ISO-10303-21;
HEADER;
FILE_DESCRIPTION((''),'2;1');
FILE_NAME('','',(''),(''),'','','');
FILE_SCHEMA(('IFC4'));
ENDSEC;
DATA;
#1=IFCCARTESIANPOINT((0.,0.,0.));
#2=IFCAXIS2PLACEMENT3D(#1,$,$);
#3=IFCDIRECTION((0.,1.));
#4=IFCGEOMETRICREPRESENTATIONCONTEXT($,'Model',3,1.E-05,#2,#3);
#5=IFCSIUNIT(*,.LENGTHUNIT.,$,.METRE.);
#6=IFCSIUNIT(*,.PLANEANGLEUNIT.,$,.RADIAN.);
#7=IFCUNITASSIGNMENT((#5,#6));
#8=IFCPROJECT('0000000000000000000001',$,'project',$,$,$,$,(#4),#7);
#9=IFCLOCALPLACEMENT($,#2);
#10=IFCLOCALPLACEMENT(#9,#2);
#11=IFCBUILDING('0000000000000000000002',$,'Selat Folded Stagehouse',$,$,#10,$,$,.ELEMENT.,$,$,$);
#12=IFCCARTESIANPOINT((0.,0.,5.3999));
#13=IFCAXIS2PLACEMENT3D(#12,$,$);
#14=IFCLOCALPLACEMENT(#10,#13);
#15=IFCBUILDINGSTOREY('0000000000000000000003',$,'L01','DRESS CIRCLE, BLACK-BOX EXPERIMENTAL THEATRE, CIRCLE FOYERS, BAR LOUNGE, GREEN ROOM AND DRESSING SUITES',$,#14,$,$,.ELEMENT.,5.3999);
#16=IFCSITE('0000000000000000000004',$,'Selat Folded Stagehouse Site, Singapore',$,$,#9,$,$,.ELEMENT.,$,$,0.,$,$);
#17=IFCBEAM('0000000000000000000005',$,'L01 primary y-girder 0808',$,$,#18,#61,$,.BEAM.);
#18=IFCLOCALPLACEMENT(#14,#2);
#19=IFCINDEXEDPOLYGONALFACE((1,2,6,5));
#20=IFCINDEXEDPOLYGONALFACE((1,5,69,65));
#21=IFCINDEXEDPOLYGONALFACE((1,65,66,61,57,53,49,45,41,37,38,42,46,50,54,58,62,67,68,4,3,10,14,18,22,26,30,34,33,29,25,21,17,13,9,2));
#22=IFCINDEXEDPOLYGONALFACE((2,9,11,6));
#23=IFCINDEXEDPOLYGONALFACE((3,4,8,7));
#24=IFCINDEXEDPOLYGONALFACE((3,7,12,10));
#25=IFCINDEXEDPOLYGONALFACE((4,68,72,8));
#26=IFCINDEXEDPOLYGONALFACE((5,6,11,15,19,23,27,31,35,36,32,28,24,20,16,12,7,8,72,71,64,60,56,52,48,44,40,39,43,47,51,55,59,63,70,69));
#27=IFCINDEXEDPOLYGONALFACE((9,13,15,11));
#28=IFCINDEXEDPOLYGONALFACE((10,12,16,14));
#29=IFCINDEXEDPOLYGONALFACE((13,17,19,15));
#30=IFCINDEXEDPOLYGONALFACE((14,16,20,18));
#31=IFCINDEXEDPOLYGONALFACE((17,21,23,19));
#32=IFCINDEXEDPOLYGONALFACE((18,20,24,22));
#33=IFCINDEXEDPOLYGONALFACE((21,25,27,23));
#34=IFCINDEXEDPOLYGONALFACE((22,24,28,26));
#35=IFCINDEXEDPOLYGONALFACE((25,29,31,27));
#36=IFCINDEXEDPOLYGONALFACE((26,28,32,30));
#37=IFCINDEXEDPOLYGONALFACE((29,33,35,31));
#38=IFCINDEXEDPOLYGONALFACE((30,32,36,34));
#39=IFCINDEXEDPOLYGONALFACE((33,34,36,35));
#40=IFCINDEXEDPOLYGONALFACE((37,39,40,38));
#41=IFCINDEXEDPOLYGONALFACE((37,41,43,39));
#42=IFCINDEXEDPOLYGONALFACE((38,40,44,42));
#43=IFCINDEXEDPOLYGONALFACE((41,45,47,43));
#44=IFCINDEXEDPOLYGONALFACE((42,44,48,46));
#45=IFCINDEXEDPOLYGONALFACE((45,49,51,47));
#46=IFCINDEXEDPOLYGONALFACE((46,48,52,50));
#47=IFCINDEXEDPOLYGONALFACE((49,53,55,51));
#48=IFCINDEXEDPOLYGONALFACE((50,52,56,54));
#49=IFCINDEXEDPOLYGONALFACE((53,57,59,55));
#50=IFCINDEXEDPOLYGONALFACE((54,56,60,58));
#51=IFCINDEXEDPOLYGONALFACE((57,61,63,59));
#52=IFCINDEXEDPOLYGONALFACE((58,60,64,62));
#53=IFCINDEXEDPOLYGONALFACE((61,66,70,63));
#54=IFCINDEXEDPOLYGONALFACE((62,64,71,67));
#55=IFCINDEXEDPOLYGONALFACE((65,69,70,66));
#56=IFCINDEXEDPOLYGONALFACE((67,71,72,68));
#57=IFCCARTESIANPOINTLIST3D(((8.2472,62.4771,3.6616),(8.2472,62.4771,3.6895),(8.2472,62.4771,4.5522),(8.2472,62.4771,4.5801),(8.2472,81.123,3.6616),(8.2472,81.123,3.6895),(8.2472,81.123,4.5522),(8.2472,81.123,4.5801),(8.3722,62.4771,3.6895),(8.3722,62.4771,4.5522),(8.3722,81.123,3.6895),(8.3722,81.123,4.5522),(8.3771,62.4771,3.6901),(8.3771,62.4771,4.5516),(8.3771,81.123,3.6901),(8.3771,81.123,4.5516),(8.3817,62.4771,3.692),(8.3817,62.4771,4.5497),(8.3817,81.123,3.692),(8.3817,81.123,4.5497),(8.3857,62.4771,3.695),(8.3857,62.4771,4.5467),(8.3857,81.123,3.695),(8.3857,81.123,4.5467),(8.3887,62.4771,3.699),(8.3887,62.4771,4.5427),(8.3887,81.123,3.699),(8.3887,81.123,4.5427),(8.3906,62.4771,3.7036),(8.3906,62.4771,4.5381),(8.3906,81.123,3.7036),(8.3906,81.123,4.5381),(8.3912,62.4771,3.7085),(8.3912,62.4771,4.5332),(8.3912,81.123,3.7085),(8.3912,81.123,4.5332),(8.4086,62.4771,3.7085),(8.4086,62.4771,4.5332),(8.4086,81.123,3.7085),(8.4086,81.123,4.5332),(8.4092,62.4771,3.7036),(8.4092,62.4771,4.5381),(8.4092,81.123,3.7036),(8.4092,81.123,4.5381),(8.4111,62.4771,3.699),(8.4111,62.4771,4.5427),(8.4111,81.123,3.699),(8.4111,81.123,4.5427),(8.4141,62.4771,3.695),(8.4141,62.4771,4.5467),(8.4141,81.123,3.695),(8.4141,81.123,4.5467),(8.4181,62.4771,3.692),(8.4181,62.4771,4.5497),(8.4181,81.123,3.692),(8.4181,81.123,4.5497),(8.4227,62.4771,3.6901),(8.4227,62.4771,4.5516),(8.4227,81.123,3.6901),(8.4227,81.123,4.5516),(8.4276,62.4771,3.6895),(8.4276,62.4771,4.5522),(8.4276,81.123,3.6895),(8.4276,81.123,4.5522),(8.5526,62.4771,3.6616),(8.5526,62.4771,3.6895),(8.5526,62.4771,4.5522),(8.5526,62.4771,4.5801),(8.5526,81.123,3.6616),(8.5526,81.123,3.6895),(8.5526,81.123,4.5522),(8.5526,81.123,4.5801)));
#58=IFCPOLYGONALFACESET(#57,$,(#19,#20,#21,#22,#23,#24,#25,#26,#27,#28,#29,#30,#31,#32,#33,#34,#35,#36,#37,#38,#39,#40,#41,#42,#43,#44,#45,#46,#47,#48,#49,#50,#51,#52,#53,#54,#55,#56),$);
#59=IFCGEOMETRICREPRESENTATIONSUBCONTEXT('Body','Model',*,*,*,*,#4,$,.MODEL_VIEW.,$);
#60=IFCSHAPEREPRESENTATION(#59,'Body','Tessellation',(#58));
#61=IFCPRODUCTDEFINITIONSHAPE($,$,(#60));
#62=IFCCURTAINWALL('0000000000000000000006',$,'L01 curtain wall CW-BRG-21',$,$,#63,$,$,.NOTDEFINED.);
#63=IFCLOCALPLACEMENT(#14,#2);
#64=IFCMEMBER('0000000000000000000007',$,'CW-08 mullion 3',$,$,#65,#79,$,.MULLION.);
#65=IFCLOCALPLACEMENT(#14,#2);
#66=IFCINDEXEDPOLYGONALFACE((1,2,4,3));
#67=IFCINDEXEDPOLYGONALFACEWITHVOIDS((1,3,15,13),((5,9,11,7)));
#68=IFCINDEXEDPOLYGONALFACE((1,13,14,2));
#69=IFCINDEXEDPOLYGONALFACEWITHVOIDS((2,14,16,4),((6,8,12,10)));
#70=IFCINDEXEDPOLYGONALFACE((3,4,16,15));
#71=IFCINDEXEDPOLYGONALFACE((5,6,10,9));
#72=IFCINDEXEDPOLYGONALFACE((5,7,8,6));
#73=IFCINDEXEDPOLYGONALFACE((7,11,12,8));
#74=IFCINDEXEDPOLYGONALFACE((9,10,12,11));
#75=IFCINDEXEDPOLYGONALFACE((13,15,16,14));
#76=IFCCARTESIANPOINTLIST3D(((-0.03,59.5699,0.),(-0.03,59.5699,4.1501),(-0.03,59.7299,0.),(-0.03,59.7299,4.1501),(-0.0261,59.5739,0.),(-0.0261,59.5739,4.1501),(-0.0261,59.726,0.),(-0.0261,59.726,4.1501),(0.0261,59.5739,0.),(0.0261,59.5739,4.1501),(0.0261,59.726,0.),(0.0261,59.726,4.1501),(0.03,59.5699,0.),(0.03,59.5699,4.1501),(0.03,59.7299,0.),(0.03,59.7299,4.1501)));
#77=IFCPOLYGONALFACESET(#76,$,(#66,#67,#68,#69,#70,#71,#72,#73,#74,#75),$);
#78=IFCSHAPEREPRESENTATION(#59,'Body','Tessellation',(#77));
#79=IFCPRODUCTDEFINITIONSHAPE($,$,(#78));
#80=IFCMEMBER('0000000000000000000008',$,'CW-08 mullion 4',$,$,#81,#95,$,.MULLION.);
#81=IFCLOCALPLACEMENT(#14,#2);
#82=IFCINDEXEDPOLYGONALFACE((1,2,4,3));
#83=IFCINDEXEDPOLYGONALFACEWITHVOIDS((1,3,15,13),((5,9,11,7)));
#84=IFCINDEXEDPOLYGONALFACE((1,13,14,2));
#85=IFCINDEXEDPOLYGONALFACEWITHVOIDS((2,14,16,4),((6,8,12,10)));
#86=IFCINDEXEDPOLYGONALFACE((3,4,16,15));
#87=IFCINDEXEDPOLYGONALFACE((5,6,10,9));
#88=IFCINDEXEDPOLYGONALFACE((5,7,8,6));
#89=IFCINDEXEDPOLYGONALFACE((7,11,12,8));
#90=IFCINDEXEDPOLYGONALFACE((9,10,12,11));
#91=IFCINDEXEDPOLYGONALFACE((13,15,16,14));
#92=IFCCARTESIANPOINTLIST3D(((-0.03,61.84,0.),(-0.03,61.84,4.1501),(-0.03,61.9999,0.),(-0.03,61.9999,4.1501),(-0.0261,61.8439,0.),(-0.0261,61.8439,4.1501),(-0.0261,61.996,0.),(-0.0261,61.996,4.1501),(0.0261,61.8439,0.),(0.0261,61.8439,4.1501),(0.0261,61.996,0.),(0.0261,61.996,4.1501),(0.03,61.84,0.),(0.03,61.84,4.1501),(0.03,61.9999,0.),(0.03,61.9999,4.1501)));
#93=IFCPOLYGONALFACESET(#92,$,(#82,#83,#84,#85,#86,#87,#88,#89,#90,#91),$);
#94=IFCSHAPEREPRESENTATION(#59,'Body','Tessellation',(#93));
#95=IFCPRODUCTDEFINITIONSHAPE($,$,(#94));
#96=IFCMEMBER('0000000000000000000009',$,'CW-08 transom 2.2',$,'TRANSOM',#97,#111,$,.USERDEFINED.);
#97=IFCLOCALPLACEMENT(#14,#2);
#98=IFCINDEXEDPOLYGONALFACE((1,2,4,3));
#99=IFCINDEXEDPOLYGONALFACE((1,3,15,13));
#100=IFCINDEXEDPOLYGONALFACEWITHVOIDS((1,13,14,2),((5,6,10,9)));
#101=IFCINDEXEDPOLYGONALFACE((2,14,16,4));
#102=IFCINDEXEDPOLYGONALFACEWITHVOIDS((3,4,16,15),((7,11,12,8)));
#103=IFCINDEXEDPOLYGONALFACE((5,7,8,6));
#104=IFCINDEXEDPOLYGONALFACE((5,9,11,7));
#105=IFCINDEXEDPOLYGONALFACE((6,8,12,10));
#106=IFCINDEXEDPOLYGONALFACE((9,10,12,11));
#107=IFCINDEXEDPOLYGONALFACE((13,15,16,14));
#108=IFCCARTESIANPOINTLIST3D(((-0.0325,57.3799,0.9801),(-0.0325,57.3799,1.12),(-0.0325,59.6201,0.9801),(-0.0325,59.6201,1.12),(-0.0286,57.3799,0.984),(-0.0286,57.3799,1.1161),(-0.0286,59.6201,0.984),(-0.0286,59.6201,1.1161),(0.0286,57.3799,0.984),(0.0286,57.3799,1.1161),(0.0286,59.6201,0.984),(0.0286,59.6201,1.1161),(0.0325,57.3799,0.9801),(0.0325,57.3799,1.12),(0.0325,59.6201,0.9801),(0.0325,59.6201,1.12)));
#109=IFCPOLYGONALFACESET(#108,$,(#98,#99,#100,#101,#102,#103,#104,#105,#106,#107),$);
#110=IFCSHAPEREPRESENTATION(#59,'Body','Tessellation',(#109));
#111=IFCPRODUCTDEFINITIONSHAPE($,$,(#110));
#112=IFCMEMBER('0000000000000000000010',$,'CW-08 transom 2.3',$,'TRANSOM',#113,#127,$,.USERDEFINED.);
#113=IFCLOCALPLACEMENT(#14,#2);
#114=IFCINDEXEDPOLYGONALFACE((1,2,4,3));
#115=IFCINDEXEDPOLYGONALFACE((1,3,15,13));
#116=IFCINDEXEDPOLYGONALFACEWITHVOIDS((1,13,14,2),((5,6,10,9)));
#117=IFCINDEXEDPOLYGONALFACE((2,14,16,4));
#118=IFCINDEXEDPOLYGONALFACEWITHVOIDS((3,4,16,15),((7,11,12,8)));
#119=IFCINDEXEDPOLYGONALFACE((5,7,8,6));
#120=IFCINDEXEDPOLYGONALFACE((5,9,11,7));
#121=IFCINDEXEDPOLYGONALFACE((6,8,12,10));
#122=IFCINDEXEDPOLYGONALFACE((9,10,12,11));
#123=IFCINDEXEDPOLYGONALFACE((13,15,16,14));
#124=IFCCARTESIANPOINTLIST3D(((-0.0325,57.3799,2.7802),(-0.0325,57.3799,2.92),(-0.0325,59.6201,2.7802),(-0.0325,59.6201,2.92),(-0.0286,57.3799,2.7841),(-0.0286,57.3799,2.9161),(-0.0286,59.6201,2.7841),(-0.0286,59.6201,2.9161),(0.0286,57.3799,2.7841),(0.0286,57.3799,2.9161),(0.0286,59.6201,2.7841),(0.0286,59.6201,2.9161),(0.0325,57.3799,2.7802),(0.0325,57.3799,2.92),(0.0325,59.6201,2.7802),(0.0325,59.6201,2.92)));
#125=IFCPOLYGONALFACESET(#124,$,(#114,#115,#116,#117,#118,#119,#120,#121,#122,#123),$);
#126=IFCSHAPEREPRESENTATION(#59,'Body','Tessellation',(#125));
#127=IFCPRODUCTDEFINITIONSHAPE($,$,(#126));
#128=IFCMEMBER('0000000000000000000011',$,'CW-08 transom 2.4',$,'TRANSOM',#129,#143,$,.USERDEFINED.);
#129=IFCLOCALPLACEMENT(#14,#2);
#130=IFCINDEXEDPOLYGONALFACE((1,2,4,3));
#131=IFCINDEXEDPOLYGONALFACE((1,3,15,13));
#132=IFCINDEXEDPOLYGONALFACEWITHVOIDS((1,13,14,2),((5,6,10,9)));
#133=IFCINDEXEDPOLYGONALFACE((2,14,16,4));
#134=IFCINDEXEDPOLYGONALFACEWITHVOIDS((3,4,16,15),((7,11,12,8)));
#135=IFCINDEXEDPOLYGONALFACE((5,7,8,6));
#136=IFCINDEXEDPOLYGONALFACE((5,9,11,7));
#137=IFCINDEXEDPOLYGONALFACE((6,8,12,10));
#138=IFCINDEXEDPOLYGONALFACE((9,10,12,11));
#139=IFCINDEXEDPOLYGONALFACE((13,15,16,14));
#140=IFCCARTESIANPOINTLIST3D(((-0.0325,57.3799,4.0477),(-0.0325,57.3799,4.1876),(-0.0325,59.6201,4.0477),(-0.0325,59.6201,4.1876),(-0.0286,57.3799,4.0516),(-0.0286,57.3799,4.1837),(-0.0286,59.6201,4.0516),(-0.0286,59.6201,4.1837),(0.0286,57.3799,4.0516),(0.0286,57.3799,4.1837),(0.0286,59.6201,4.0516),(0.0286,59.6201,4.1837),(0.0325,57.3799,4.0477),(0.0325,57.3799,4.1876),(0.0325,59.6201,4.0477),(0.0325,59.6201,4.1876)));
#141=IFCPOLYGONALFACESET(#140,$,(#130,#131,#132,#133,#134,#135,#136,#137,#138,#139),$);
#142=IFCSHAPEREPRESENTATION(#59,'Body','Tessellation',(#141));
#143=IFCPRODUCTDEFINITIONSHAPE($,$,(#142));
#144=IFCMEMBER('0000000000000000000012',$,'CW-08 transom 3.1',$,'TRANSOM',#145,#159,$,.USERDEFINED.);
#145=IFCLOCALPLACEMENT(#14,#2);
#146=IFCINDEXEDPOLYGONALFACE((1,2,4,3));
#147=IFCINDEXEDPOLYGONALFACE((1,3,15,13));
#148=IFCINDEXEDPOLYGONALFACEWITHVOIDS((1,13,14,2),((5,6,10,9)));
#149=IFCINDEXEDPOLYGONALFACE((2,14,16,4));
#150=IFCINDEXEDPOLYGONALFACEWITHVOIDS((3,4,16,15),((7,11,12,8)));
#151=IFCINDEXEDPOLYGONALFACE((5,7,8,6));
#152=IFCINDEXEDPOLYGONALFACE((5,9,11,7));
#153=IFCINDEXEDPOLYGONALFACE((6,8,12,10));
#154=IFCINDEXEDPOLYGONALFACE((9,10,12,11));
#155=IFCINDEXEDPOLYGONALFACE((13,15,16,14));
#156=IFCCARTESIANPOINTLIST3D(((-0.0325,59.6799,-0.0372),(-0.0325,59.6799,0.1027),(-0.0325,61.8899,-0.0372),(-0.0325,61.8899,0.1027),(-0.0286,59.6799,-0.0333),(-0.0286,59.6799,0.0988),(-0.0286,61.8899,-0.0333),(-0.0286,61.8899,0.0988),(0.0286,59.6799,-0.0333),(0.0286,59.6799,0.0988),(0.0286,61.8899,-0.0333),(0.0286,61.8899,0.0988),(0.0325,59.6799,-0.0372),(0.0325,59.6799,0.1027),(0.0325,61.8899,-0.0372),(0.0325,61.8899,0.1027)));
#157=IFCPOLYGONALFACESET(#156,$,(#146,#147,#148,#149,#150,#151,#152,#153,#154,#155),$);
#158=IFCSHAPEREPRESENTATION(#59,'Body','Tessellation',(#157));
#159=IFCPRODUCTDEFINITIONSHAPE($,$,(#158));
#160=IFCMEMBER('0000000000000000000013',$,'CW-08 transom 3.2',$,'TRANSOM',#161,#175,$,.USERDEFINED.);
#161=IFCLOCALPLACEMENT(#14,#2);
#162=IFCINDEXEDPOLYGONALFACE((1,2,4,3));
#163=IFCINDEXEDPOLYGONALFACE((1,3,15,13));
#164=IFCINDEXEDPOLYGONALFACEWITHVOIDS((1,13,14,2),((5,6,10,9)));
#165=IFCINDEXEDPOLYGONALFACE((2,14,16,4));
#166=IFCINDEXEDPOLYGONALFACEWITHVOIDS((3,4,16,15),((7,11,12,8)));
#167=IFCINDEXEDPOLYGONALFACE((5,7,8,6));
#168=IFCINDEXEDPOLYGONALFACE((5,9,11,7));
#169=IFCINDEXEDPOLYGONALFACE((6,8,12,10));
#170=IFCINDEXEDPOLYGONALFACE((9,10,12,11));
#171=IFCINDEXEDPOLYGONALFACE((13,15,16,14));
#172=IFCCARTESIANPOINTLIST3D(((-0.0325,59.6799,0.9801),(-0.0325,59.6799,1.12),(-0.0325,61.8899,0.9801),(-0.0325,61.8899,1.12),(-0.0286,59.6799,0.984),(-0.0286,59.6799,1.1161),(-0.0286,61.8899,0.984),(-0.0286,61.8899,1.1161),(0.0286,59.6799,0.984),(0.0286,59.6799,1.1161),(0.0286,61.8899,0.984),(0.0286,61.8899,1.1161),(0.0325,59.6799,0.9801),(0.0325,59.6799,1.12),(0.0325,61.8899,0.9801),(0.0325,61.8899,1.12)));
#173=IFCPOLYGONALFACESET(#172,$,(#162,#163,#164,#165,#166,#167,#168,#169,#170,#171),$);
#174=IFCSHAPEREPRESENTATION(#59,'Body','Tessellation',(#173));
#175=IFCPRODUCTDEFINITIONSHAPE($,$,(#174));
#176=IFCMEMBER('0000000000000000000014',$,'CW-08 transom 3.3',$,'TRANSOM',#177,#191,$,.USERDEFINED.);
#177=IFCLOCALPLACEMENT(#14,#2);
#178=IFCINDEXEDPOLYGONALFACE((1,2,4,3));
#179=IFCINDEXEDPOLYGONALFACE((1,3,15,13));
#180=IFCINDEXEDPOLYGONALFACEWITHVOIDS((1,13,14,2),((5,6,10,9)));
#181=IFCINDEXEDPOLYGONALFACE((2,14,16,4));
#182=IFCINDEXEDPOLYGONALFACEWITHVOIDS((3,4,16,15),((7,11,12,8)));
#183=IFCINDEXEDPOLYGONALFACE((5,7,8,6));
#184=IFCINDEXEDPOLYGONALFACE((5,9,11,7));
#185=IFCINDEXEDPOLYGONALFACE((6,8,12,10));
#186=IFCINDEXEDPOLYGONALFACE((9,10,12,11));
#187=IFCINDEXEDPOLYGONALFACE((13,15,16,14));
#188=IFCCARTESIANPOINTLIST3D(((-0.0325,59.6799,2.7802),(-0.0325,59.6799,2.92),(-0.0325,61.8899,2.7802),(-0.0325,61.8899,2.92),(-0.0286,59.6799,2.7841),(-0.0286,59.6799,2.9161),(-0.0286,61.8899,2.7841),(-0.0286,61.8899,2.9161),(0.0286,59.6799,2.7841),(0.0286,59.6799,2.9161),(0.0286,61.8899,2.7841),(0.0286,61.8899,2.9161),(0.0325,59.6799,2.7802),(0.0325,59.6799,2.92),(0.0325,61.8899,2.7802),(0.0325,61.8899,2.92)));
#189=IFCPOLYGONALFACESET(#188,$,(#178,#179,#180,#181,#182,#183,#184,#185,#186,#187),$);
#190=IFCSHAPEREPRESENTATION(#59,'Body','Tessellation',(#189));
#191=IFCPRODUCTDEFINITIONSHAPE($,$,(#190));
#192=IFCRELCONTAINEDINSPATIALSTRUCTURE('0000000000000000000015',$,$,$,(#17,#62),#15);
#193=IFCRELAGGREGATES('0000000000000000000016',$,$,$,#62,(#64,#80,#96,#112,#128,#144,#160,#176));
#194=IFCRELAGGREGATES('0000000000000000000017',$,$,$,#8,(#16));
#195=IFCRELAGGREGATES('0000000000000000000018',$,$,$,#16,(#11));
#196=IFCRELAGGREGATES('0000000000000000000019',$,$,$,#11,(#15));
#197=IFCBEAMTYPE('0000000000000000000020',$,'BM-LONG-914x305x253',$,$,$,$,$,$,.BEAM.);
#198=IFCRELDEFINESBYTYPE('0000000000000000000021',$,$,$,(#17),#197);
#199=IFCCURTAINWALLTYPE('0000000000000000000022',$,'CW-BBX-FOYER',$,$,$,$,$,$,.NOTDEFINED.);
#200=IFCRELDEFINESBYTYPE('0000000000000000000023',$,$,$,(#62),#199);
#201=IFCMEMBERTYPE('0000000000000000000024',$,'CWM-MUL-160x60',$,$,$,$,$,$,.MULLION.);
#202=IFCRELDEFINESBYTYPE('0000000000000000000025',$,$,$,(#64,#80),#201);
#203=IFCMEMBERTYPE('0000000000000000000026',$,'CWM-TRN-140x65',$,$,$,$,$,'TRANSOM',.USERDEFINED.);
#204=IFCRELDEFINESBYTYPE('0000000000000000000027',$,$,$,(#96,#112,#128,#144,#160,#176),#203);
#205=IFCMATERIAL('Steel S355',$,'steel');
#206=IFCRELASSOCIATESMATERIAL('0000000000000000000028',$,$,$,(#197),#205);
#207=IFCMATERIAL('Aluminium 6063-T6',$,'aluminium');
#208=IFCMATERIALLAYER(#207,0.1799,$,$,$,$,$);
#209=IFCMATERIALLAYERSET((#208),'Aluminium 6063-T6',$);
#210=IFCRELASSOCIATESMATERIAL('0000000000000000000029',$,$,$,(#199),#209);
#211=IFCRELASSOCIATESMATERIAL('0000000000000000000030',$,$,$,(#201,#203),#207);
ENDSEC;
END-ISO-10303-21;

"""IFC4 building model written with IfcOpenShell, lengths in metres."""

from ifc_helpers import new_model, si_unit, direction, frame, origin, origin_2d, place, context, subcontext, project, spatial, hollow_rectangle, i_section, extrude, material, layer, layer_set, material_profile, profile_set, type_object, element, aggregate, save


model = new_model("IFC4")

# Units and contexts
model_context = context("Model", 3, precision=1e-05, world=origin(), true_north=direction((0.0, 1.0)))
body_context = subcontext(model_context, "Body", "Model", "MODEL_VIEW")
ifc_project = project(units=[si_unit("LENGTHUNIT", "METRE"), si_unit("PLANEANGLEUNIT", "RADIAN")], contexts=[model_context])

# Site, building, storey
site_placement = place(None, origin())
site = spatial("IfcSite", under=ifc_project, at=site_placement, Name="Selat Folded Stagehouse Site, Singapore", CompositionType="ELEMENT", RefElevation=0.0)
building_placement = place(site_placement, origin())
building = spatial("IfcBuilding", under=site, at=building_placement, Name="Selat Folded Stagehouse", CompositionType="ELEMENT")
storey_placement = place(building_placement, frame((0.0, 0.0, 5.3999)))
storey = spatial("IfcBuildingStorey", under=building, at=storey_placement, Name="L01", Description="DRESS CIRCLE, BLACK-BOX EXPERIMENTAL THEATRE, CIRCLE FOYERS, BAR LOUNGE, GREEN ROOM AND DRESSING SUITES", CompositionType="ELEMENT", Elevation=5.3999)

# Shared definitions
ifc_material_1 = material(Name="Steel S355", Category="steel")

# Beam
ifc_material_profile_1 = material_profile(ifc_material_1, i_section(OverallWidth=0.3054, OverallDepth=0.9185, WebThickness=0.0173, FlangeThickness=0.0278, FilletRadius=0.019, at=origin_2d()), Name="UKB 914x305x253")
ifc_profile_set_1 = profile_set([ifc_material_profile_1], Name="Steel S355")
beam_type_1 = type_object("IfcBeamType", Name="BM-LONG-914x305x253", PredefinedType="BEAM", material=ifc_profile_set_1)
beam_1_placement = place(storey_placement, frame((8.3999, 62.4771, 4.1208), z_axis=(0.0, 1.0, 0.0), x_axis=(-1.0, 0.0, 0.0)))
element("IfcBeam", 1, at=beam_1_placement, inside=storey, type_object=beam_type_1, Name="L01 primary y-girder 0808", PredefinedType="BEAM", context=body_context, shape_type="SweptSolid", body=[
    extrude(i_section(OverallWidth=0.3054, OverallDepth=0.9185, WebThickness=0.0173, FlangeThickness=0.0278, FilletRadius=0.019, at=origin_2d()), origin(), (0.0, 0.0, 1.0), 18.646),
])

# Curtain wall, members
ifc_material_2 = material(Name="Aluminium 6063-T6", Category="aluminium")
ifc_layer_1 = layer(ifc_material_2, 0.1799)
ifc_layer_set_1 = layer_set([ifc_layer_1], Name="Aluminium 6063-T6")
curtain_wall_type = type_object("IfcCurtainWallType", Name="CW-BBX-FOYER", PredefinedType="NOTDEFINED", material=ifc_layer_set_1)
curtain_wall_placement = place(storey_placement, origin())
curtain_wall = element("IfcCurtainWall", 2, at=curtain_wall_placement, inside=storey, type_object=curtain_wall_type, Name="L01 curtain wall CW-BRG-21", PredefinedType="NOTDEFINED")
ifc_material_profile_2 = material_profile(ifc_material_2, hollow_rectangle(XDim=0.0601, YDim=0.1599, WallThickness=0.0039, at=origin_2d()), Name="ALU 160x60x4.0")
ifc_profile_set_2 = profile_set([ifc_material_profile_2], Name="Aluminium 6063-T6")
member_type_1 = type_object("IfcMemberType", Name="CWM-MUL-160x60", PredefinedType="MULLION", material=ifc_profile_set_2)
member_1_placement = place(storey_placement, frame((0.0, 59.6499, 0.0), z_axis=(0.0, 0.0, 1.0), x_axis=(-1.0, 0.0, 0.0)))
member_1 = element("IfcMember", 3, at=member_1_placement, type_object=member_type_1, Name="CW-08 mullion 3", PredefinedType="MULLION", context=body_context, shape_type="SweptSolid", body=[
    extrude(hollow_rectangle(XDim=0.0601, YDim=0.1599, WallThickness=0.0039, at=origin_2d()), origin(), (0.0, 0.0, 1.0), 4.1501),
])
member_2_placement = place(storey_placement, frame((0.0, 61.9199, 0.0), z_axis=(0.0, 0.0, 1.0), x_axis=(-1.0, 0.0, 0.0)))
member_2 = element("IfcMember", 4, at=member_2_placement, type_object=member_type_1, Name="CW-08 mullion 4", PredefinedType="MULLION", context=body_context, shape_type="SweptSolid", body=[
    extrude(hollow_rectangle(XDim=0.0601, YDim=0.1599, WallThickness=0.0039, at=origin_2d()), origin(), (0.0, 0.0, 1.0), 4.1501),
])
ifc_material_profile_3 = material_profile(ifc_material_2, hollow_rectangle(XDim=0.0649, YDim=0.1399, WallThickness=0.0039, at=origin_2d()), Name="ALU 140x65x4.0")
ifc_profile_set_3 = profile_set([ifc_material_profile_3], Name="Aluminium 6063-T6")
member_type_2 = type_object("IfcMemberType", Name="CWM-TRN-140x65", ElementType="TRANSOM", PredefinedType="USERDEFINED", material=ifc_profile_set_3)
member_3_placement = place(storey_placement, frame((0.0, 57.3799, 1.05), z_axis=(0.0, 1.0, 0.0), x_axis=(-1.0, 0.0, 0.0)))
member_3 = element("IfcMember", 5, at=member_3_placement, type_object=member_type_2, Name="CW-08 transom 2.2", ObjectType="TRANSOM", PredefinedType="USERDEFINED", context=body_context, shape_type="SweptSolid", body=[
    extrude(hollow_rectangle(XDim=0.0649, YDim=0.1399, WallThickness=0.0039, at=origin_2d()), origin(), (0.0, 0.0, 1.0), 2.2402),
])
member_4_placement = place(storey_placement, frame((0.0, 57.3799, 2.8501), z_axis=(0.0, 1.0, 0.0), x_axis=(-1.0, 0.0, 0.0)))
member_4 = element("IfcMember", 6, at=member_4_placement, type_object=member_type_2, Name="CW-08 transom 2.3", ObjectType="TRANSOM", PredefinedType="USERDEFINED", context=body_context, shape_type="SweptSolid", body=[
    extrude(hollow_rectangle(XDim=0.0649, YDim=0.1399, WallThickness=0.0039, at=origin_2d()), origin(), (0.0, 0.0, 1.0), 2.2402),
])
member_5_placement = place(storey_placement, frame((0.0, 57.3799, 4.1177), z_axis=(0.0, 1.0, 0.0), x_axis=(-1.0, 0.0, 0.0)))
member_5 = element("IfcMember", 7, at=member_5_placement, type_object=member_type_2, Name="CW-08 transom 2.4", ObjectType="TRANSOM", PredefinedType="USERDEFINED", context=body_context, shape_type="SweptSolid", body=[
    extrude(hollow_rectangle(XDim=0.0649, YDim=0.1399, WallThickness=0.0039, at=origin_2d()), origin(), (0.0, 0.0, 1.0), 2.2402),
])
member_6_placement = place(storey_placement, frame((0.0, 59.6799, 0.0327), z_axis=(0.0, 1.0, 0.0), x_axis=(-1.0, 0.0, 0.0)))
member_6 = element("IfcMember", 8, at=member_6_placement, type_object=member_type_2, Name="CW-08 transom 3.1", ObjectType="TRANSOM", PredefinedType="USERDEFINED", context=body_context, shape_type="SweptSolid", body=[
    extrude(hollow_rectangle(XDim=0.0649, YDim=0.1399, WallThickness=0.0039, at=origin_2d()), origin(), (0.0, 0.0, 1.0), 2.21),
])
member_7_placement = place(storey_placement, frame((0.0, 59.6799, 1.05), z_axis=(0.0, 1.0, 0.0), x_axis=(-1.0, 0.0, 0.0)))
member_7 = element("IfcMember", 9, at=member_7_placement, type_object=member_type_2, Name="CW-08 transom 3.2", ObjectType="TRANSOM", PredefinedType="USERDEFINED", context=body_context, shape_type="SweptSolid", body=[
    extrude(hollow_rectangle(XDim=0.0649, YDim=0.1399, WallThickness=0.0039, at=origin_2d()), origin(), (0.0, 0.0, 1.0), 2.21),
])
member_8_placement = place(storey_placement, frame((0.0, 59.6799, 2.8501), z_axis=(0.0, 1.0, 0.0), x_axis=(-1.0, 0.0, 0.0)))
member_8 = element("IfcMember", 10, at=member_8_placement, type_object=member_type_2, Name="CW-08 transom 3.3", ObjectType="TRANSOM", PredefinedType="USERDEFINED", context=body_context, shape_type="SweptSolid", body=[
    extrude(hollow_rectangle(XDim=0.0649, YDim=0.1399, WallThickness=0.0039, at=origin_2d()), origin(), (0.0, 0.0, 1.0), 2.21),
])
aggregate(curtain_wall, [member_1, member_2, member_3, member_4, member_5, member_6, member_7, member_8])

save(model, "model.ifc")
